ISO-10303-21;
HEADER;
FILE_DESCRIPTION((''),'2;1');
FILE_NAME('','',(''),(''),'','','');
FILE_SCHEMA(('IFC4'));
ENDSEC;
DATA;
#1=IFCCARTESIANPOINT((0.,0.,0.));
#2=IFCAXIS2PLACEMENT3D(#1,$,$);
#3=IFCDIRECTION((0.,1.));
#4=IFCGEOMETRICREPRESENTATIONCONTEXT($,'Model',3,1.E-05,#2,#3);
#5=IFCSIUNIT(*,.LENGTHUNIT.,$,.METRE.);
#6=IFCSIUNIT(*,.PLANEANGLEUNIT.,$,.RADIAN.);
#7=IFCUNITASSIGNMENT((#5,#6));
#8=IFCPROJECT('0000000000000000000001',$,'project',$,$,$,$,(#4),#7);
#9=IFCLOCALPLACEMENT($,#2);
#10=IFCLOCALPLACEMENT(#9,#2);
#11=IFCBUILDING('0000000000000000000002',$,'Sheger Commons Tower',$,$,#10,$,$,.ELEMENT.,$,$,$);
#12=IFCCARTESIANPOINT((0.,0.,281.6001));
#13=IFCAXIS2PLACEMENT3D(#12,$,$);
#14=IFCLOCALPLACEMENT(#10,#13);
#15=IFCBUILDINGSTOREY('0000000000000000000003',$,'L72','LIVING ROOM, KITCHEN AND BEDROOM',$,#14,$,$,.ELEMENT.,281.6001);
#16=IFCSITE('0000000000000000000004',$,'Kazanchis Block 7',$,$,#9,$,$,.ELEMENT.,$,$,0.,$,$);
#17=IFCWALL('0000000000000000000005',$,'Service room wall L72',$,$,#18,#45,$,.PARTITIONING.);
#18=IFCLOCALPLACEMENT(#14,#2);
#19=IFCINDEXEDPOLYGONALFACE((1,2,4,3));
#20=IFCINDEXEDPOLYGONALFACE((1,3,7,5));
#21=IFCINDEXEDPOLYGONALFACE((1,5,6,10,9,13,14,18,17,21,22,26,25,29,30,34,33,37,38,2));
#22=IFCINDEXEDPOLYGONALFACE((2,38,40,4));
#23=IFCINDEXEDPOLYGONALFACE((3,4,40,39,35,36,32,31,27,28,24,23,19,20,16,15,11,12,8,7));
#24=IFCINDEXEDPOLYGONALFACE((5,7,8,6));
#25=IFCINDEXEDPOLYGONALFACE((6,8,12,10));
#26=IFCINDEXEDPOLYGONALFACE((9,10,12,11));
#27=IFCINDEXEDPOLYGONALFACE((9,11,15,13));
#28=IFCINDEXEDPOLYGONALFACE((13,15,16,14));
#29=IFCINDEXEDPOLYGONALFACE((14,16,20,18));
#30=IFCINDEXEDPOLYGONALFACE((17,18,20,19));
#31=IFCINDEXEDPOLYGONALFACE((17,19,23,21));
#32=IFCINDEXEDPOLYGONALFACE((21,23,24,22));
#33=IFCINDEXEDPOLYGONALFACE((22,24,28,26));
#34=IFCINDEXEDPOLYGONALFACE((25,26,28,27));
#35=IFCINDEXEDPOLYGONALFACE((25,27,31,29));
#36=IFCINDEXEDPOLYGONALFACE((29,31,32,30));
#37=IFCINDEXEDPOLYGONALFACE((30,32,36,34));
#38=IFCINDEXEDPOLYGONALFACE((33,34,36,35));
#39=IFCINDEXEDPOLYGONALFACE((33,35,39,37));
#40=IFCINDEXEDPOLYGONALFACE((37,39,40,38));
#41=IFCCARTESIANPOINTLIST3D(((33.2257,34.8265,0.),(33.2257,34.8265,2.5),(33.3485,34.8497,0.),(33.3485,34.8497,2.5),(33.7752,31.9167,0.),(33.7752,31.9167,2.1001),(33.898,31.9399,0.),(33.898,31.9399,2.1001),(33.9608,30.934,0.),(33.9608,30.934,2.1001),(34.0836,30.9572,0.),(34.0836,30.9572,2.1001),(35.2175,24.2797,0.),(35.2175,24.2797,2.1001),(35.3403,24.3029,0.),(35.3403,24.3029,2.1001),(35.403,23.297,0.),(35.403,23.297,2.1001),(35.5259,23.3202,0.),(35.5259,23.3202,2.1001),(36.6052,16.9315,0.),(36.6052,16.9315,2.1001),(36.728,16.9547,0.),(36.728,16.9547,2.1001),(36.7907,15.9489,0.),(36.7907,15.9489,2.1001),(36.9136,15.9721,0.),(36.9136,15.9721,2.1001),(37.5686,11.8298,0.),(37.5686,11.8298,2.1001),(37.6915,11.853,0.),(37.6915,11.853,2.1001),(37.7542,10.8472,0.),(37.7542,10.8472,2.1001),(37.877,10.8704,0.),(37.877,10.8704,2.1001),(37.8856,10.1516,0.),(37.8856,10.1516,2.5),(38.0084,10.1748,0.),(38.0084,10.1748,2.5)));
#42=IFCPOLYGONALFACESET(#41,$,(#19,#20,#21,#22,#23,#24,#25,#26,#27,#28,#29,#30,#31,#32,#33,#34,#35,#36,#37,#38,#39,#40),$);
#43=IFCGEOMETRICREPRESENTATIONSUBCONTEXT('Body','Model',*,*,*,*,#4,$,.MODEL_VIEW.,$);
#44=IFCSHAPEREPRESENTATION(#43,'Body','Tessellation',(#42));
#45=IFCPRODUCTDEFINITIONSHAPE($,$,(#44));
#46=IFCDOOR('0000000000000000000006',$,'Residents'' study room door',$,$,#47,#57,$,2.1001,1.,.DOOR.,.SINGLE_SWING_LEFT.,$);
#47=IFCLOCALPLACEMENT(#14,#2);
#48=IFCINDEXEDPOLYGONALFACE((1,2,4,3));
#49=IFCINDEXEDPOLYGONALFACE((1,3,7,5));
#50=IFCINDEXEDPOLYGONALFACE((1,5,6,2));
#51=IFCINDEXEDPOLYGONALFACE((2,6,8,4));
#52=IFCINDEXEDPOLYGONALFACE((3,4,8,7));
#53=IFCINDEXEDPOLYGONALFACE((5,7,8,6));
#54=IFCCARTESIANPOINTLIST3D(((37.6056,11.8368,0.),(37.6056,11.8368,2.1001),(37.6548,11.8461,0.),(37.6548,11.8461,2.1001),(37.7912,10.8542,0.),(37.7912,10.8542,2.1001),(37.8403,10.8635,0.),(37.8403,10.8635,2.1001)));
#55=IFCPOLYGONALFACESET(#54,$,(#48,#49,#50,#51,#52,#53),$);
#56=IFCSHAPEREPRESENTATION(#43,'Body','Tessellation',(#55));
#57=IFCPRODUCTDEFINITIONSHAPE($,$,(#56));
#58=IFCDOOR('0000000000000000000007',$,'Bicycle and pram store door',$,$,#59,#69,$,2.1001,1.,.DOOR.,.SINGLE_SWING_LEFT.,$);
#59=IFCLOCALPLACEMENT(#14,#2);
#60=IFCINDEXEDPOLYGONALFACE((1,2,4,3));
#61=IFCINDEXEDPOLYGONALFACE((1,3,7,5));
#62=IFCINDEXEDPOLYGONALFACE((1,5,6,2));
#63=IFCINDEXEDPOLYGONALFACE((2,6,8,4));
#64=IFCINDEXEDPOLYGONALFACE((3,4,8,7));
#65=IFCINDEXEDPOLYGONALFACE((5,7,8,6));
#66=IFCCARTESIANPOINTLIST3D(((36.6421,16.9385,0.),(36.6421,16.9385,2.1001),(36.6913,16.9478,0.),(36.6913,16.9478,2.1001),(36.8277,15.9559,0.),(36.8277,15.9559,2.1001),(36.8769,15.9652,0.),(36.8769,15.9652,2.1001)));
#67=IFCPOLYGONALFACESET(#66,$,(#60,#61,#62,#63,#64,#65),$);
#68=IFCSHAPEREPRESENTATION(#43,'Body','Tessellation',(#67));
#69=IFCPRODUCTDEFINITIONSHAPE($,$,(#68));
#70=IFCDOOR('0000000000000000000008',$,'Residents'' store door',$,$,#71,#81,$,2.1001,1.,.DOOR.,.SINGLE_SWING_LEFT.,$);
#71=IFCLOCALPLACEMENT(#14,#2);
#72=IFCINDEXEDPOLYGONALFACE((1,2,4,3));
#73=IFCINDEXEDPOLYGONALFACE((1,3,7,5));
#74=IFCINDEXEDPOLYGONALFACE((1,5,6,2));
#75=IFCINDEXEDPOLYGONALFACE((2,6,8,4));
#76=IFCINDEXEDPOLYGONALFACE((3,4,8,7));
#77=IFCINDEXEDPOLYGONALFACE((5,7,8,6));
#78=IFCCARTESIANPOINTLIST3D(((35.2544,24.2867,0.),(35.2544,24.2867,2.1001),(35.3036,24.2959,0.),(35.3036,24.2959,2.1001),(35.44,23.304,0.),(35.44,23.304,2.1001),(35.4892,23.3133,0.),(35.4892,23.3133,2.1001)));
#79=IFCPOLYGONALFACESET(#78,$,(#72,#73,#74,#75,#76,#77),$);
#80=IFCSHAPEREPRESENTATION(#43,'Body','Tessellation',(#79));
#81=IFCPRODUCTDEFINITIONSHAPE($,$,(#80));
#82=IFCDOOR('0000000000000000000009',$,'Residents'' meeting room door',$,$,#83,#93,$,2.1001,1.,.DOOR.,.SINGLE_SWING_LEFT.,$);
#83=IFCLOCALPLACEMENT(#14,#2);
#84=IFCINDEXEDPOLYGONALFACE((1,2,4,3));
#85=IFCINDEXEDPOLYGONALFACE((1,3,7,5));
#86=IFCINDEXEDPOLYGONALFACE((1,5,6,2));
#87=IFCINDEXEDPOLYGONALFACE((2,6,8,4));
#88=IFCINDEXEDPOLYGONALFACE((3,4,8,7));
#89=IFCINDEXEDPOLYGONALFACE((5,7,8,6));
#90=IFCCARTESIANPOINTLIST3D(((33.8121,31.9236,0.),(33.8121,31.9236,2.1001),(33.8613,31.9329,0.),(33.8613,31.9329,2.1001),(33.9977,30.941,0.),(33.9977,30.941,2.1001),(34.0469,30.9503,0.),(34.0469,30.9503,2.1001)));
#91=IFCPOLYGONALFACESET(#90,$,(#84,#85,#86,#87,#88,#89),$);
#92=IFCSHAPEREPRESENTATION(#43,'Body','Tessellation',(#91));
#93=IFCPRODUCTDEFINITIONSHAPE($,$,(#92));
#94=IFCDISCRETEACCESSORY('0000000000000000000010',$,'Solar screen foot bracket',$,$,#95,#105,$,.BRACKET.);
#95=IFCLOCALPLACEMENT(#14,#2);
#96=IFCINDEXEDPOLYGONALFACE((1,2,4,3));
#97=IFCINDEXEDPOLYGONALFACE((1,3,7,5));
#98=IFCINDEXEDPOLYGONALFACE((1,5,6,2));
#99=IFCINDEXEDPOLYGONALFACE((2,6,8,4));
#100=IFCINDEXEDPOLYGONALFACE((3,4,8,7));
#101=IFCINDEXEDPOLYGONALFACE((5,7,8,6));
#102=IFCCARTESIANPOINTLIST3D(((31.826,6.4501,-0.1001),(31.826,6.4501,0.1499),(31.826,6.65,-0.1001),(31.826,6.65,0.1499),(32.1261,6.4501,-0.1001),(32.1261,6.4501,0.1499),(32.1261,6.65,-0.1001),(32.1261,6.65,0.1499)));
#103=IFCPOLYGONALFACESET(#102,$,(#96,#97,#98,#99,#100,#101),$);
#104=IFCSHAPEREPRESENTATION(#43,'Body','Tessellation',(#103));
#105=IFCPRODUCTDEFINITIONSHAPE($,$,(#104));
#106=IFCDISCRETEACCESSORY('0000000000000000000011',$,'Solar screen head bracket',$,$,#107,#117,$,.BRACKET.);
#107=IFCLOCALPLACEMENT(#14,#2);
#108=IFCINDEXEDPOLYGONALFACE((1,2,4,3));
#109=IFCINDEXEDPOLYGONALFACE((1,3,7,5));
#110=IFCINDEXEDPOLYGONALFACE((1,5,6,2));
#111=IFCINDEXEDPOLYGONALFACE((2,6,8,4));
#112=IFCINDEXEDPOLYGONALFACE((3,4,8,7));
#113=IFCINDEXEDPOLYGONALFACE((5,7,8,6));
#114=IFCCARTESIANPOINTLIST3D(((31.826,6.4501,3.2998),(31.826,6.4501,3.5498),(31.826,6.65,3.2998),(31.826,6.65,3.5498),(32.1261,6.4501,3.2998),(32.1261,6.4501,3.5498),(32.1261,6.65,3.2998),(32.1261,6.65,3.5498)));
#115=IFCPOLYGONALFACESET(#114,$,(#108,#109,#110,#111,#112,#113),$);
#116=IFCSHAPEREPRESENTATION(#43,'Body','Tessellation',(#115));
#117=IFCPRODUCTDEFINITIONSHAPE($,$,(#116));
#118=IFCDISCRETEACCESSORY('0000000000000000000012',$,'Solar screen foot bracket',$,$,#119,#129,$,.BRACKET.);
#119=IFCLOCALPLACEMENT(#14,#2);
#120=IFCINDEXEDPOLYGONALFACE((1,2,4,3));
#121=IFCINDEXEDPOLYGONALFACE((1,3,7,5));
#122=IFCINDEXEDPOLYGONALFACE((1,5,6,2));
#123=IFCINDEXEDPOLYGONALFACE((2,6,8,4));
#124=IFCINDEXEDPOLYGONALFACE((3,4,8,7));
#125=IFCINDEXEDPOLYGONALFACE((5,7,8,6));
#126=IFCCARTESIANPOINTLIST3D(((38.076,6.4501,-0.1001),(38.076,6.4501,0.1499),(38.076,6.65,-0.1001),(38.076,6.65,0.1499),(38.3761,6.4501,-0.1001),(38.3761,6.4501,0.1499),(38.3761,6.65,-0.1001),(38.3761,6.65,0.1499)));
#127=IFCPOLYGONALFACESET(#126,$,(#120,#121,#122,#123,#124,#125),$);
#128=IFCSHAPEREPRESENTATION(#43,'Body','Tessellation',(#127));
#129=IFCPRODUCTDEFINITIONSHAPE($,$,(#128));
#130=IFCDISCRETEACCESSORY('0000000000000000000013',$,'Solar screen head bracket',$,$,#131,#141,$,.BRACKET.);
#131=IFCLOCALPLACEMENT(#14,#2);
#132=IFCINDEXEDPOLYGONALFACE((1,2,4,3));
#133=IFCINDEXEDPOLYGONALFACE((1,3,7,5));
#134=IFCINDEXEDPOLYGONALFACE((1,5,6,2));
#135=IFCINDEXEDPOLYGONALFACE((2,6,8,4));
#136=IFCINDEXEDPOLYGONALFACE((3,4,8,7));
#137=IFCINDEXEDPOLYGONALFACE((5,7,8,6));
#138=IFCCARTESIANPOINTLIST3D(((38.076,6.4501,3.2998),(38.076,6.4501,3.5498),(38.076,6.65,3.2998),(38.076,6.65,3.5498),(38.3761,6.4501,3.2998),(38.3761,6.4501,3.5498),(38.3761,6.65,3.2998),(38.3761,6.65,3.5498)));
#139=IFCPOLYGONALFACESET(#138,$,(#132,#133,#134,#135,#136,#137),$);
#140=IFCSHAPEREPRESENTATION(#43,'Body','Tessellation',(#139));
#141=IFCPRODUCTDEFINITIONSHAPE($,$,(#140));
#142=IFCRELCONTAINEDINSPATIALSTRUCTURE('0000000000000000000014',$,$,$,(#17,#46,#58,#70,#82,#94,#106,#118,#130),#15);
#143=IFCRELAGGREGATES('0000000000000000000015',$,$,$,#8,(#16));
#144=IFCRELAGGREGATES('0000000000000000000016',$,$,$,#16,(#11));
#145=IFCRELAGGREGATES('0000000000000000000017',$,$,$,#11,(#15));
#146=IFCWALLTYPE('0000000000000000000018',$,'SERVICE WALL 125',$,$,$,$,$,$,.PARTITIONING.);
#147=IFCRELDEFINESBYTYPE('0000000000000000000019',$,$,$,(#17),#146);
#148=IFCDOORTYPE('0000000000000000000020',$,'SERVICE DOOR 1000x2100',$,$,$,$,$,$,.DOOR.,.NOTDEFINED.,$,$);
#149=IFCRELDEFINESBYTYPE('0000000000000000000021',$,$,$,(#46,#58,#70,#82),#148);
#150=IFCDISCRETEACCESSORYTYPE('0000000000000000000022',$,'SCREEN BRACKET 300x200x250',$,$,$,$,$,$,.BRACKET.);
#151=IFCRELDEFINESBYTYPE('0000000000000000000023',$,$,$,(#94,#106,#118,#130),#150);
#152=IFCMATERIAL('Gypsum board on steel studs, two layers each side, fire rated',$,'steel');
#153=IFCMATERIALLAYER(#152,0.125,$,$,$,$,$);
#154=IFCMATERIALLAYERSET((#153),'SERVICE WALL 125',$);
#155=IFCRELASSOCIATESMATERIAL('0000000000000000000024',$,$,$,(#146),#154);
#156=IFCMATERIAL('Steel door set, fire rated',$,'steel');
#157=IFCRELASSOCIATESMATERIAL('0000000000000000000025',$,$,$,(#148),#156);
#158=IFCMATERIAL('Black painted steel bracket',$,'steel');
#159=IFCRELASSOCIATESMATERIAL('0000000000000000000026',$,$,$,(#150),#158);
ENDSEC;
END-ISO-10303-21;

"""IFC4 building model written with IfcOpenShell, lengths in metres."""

from ifc_helpers import new_model, si_unit, direction, frame, frame_2d, origin, origin_2d, place, context, subcontext, project, spatial, rectangle, extrude, material, layer, layer_set, type_object, element, fill, save


model = new_model("IFC4")

# Units and contexts
model_context = context("Model", 3, precision=1e-05, world=origin(), true_north=direction((0.0, 1.0)))
body_context = subcontext(model_context, "Body", "Model", "MODEL_VIEW")
ifc_project = project(units=[si_unit("LENGTHUNIT", "METRE"), si_unit("PLANEANGLEUNIT", "RADIAN")], contexts=[model_context])

# Site, building, storey
site_placement = place(None, origin())
site = spatial("IfcSite", under=ifc_project, at=site_placement, Name="Kazanchis Block 7", CompositionType="ELEMENT", RefElevation=0.0)
building_placement = place(site_placement, origin())
building = spatial("IfcBuilding", under=site, at=building_placement, Name="Sheger Commons Tower", CompositionType="ELEMENT")
storey_placement = place(building_placement, frame((0.0, 0.0, 281.6001)))
storey = spatial("IfcBuildingStorey", under=building, at=storey_placement, Name="L72", Description="LIVING ROOM, KITCHEN AND BEDROOM", CompositionType="ELEMENT", Elevation=281.6001)

# Wall, openings, doors
ifc_material_1 = material(Name="Gypsum board on steel studs, two layers each side, fire rated", Category="steel")
ifc_layer_1 = layer(ifc_material_1, 0.125)
ifc_layer_set_1 = layer_set([ifc_layer_1], Name="SERVICE WALL 125")
wall_type = type_object("IfcWallType", Name="SERVICE WALL 125", PredefinedType="PARTITIONING", material=ifc_layer_set_1)
wall_placement = place(storey_placement, frame((37.947, 10.1631, 0.0), z_axis=(0.0, 0.0, 1.0), x_axis=(-0.185573, 0.982631, 0.0)))
wall = element("IfcWall", 1, at=wall_placement, inside=storey, type_object=wall_type, Name="Service room wall L72", PredefinedType="PARTITIONING", context=body_context, shape_type="SweptSolid", body=[
    extrude(rectangle(XDim=25.1111, YDim=0.125, at=frame_2d((12.5557, 0.0))), origin(), (0.0, 0.0, 1.0), 2.5),
])
opening_1_placement = place(wall_placement, frame((0.708, 0.0, 0.0)))
opening_1 = element("IfcOpeningElement", 2, at=opening_1_placement, cuts=wall, PredefinedType="OPENING", context=body_context, shape_type="SweptSolid", body=[
    extrude(rectangle(XDim=1.0, YDim=2.1001, at=frame_2d((0.5, 1.05))), frame((0.0, 0.0725, 0.0), z_axis=(0.0, -1.0, 0.0), x_axis=(1.0, 0.0, 0.0)), (0.0, 0.0, 1.0), 0.145),
])
opening_2_placement = place(wall_placement, frame((5.8999, 0.0, 0.0)))
opening_2 = element("IfcOpeningElement", 3, at=opening_2_placement, cuts=wall, PredefinedType="OPENING", context=body_context, shape_type="SweptSolid", body=[
    extrude(rectangle(XDim=1.0, YDim=2.1001, at=frame_2d((0.5, 1.05))), frame((0.0, 0.0725, 0.0), z_axis=(0.0, -1.0, 0.0), x_axis=(1.0, 0.0, 0.0)), (0.0, 0.0, 1.0), 0.145),
])
opening_3_placement = place(wall_placement, frame((13.3779, 0.0, 0.0)))
opening_3 = element("IfcOpeningElement", 4, at=opening_3_placement, cuts=wall, PredefinedType="OPENING", context=body_context, shape_type="SweptSolid", body=[
    extrude(rectangle(XDim=1.0, YDim=2.1001, at=frame_2d((0.5, 1.05))), frame((0.0, 0.0725, 0.0), z_axis=(0.0, -1.0, 0.0), x_axis=(1.0, 0.0, 0.0)), (0.0, 0.0, 1.0), 0.145),
])
opening_4_placement = place(wall_placement, frame((21.1499, 0.0, 0.0)))
opening_4 = element("IfcOpeningElement", 5, at=opening_4_placement, cuts=wall, PredefinedType="OPENING", context=body_context, shape_type="SweptSolid", body=[
    extrude(rectangle(XDim=1.0, YDim=2.1001, at=frame_2d((0.5, 1.05))), frame((0.0, 0.0725, 0.0), z_axis=(0.0, -1.0, 0.0), x_axis=(1.0, 0.0, 0.0)), (0.0, 0.0, 1.0), 0.145),
])
ifc_material_2 = material(Name="Steel door set, fire rated", Category="steel")
door_type = type_object("IfcDoorType", Name="SERVICE DOOR 1000x2100", OperationType="NOTDEFINED", PredefinedType="DOOR", material=ifc_material_2)
door_1_placement = place(opening_1_placement, origin())
door_1 = element("IfcDoor", 6, at=door_1_placement, inside=storey, type_object=door_type, Name="Residents' study room door", OperationType="SINGLE_SWING_LEFT", OverallHeight=2.1001, OverallWidth=1.0, PredefinedType="DOOR", context=body_context, shape_type="SweptSolid", body=[
    extrude(rectangle(XDim=1.0, YDim=2.1001, at=frame_2d((0.5, 1.05))), frame((0.0, 0.0249, 0.0), z_axis=(0.0, -1.0, 0.0), x_axis=(1.0, 0.0, 0.0)), (0.0, 0.0, 1.0), 0.05),
])
fill(opening_1, door_1)
door_2_placement = place(opening_2_placement, origin())
door_2 = element("IfcDoor", 7, at=door_2_placement, inside=storey, type_object=door_type, Name="Bicycle and pram store door", OperationType="SINGLE_SWING_LEFT", OverallHeight=2.1001, OverallWidth=1.0, PredefinedType="DOOR", context=body_context, shape_type="SweptSolid", body=[
    extrude(rectangle(XDim=1.0, YDim=2.1001, at=frame_2d((0.5, 1.05))), frame((0.0, 0.0249, 0.0), z_axis=(0.0, -1.0, 0.0), x_axis=(1.0, 0.0, 0.0)), (0.0, 0.0, 1.0), 0.05),
])
fill(opening_2, door_2)
door_3_placement = place(opening_3_placement, origin())
door_3 = element("IfcDoor", 8, at=door_3_placement, inside=storey, type_object=door_type, Name="Residents' store door", OperationType="SINGLE_SWING_LEFT", OverallHeight=2.1001, OverallWidth=1.0, PredefinedType="DOOR", context=body_context, shape_type="SweptSolid", body=[
    extrude(rectangle(XDim=1.0, YDim=2.1001, at=frame_2d((0.5, 1.05))), frame((0.0, 0.0249, 0.0), z_axis=(0.0, -1.0, 0.0), x_axis=(1.0, 0.0, 0.0)), (0.0, 0.0, 1.0), 0.05),
])
fill(opening_3, door_3)
door_4_placement = place(opening_4_placement, origin())
door_4 = element("IfcDoor", 9, at=door_4_placement, inside=storey, type_object=door_type, Name="Residents' meeting room door", OperationType="SINGLE_SWING_LEFT", OverallHeight=2.1001, OverallWidth=1.0, PredefinedType="DOOR", context=body_context, shape_type="SweptSolid", body=[
    extrude(rectangle(XDim=1.0, YDim=2.1001, at=frame_2d((0.5, 1.05))), frame((0.0, 0.0249, 0.0), z_axis=(0.0, -1.0, 0.0), x_axis=(1.0, 0.0, 0.0)), (0.0, 0.0, 1.0), 0.05),
])
fill(opening_4, door_4)

# Discrete accessories
ifc_material_3 = material(Name="Black painted steel bracket", Category="steel")
discrete_accessory_type = type_object("IfcDiscreteAccessoryType", Name="SCREEN BRACKET 300x200x250", PredefinedType="BRACKET", material=ifc_material_3)
for number, where, z_axis, x_axis, name in (
    (10, (31.9761, 6.55, -0.1001), (0.0, 0.0, 1.0), (1.0, 0.0, 0.0), "Solar screen foot bracket"),
    (11, (31.9761, 6.55, 3.2998), (0.0, 0.0, 1.0), (1.0, 0.0, 0.0), "Solar screen head bracket"),
    (12, (38.2261, 6.55, -0.1001), (0.0, 0.0, 1.0), (1.0, 0.0, 0.0), "Solar screen foot bracket"),
    (13, (38.2261, 6.55, 3.2998), (0.0, 0.0, 1.0), (1.0, 0.0, 0.0), "Solar screen head bracket"),
):
    element("IfcDiscreteAccessory", number, at=place(storey_placement, frame(where, z_axis=z_axis, x_axis=x_axis)), inside=storey, type_object=discrete_accessory_type, Name=name, PredefinedType="BRACKET", context=body_context, shape_type="SweptSolid", body=[
        extrude(rectangle(XDim=0.3, YDim=0.2, at=origin_2d()), origin(), (0.0, 0.0, 1.0), 0.25),
    ])

save(model, "model.ifc")
